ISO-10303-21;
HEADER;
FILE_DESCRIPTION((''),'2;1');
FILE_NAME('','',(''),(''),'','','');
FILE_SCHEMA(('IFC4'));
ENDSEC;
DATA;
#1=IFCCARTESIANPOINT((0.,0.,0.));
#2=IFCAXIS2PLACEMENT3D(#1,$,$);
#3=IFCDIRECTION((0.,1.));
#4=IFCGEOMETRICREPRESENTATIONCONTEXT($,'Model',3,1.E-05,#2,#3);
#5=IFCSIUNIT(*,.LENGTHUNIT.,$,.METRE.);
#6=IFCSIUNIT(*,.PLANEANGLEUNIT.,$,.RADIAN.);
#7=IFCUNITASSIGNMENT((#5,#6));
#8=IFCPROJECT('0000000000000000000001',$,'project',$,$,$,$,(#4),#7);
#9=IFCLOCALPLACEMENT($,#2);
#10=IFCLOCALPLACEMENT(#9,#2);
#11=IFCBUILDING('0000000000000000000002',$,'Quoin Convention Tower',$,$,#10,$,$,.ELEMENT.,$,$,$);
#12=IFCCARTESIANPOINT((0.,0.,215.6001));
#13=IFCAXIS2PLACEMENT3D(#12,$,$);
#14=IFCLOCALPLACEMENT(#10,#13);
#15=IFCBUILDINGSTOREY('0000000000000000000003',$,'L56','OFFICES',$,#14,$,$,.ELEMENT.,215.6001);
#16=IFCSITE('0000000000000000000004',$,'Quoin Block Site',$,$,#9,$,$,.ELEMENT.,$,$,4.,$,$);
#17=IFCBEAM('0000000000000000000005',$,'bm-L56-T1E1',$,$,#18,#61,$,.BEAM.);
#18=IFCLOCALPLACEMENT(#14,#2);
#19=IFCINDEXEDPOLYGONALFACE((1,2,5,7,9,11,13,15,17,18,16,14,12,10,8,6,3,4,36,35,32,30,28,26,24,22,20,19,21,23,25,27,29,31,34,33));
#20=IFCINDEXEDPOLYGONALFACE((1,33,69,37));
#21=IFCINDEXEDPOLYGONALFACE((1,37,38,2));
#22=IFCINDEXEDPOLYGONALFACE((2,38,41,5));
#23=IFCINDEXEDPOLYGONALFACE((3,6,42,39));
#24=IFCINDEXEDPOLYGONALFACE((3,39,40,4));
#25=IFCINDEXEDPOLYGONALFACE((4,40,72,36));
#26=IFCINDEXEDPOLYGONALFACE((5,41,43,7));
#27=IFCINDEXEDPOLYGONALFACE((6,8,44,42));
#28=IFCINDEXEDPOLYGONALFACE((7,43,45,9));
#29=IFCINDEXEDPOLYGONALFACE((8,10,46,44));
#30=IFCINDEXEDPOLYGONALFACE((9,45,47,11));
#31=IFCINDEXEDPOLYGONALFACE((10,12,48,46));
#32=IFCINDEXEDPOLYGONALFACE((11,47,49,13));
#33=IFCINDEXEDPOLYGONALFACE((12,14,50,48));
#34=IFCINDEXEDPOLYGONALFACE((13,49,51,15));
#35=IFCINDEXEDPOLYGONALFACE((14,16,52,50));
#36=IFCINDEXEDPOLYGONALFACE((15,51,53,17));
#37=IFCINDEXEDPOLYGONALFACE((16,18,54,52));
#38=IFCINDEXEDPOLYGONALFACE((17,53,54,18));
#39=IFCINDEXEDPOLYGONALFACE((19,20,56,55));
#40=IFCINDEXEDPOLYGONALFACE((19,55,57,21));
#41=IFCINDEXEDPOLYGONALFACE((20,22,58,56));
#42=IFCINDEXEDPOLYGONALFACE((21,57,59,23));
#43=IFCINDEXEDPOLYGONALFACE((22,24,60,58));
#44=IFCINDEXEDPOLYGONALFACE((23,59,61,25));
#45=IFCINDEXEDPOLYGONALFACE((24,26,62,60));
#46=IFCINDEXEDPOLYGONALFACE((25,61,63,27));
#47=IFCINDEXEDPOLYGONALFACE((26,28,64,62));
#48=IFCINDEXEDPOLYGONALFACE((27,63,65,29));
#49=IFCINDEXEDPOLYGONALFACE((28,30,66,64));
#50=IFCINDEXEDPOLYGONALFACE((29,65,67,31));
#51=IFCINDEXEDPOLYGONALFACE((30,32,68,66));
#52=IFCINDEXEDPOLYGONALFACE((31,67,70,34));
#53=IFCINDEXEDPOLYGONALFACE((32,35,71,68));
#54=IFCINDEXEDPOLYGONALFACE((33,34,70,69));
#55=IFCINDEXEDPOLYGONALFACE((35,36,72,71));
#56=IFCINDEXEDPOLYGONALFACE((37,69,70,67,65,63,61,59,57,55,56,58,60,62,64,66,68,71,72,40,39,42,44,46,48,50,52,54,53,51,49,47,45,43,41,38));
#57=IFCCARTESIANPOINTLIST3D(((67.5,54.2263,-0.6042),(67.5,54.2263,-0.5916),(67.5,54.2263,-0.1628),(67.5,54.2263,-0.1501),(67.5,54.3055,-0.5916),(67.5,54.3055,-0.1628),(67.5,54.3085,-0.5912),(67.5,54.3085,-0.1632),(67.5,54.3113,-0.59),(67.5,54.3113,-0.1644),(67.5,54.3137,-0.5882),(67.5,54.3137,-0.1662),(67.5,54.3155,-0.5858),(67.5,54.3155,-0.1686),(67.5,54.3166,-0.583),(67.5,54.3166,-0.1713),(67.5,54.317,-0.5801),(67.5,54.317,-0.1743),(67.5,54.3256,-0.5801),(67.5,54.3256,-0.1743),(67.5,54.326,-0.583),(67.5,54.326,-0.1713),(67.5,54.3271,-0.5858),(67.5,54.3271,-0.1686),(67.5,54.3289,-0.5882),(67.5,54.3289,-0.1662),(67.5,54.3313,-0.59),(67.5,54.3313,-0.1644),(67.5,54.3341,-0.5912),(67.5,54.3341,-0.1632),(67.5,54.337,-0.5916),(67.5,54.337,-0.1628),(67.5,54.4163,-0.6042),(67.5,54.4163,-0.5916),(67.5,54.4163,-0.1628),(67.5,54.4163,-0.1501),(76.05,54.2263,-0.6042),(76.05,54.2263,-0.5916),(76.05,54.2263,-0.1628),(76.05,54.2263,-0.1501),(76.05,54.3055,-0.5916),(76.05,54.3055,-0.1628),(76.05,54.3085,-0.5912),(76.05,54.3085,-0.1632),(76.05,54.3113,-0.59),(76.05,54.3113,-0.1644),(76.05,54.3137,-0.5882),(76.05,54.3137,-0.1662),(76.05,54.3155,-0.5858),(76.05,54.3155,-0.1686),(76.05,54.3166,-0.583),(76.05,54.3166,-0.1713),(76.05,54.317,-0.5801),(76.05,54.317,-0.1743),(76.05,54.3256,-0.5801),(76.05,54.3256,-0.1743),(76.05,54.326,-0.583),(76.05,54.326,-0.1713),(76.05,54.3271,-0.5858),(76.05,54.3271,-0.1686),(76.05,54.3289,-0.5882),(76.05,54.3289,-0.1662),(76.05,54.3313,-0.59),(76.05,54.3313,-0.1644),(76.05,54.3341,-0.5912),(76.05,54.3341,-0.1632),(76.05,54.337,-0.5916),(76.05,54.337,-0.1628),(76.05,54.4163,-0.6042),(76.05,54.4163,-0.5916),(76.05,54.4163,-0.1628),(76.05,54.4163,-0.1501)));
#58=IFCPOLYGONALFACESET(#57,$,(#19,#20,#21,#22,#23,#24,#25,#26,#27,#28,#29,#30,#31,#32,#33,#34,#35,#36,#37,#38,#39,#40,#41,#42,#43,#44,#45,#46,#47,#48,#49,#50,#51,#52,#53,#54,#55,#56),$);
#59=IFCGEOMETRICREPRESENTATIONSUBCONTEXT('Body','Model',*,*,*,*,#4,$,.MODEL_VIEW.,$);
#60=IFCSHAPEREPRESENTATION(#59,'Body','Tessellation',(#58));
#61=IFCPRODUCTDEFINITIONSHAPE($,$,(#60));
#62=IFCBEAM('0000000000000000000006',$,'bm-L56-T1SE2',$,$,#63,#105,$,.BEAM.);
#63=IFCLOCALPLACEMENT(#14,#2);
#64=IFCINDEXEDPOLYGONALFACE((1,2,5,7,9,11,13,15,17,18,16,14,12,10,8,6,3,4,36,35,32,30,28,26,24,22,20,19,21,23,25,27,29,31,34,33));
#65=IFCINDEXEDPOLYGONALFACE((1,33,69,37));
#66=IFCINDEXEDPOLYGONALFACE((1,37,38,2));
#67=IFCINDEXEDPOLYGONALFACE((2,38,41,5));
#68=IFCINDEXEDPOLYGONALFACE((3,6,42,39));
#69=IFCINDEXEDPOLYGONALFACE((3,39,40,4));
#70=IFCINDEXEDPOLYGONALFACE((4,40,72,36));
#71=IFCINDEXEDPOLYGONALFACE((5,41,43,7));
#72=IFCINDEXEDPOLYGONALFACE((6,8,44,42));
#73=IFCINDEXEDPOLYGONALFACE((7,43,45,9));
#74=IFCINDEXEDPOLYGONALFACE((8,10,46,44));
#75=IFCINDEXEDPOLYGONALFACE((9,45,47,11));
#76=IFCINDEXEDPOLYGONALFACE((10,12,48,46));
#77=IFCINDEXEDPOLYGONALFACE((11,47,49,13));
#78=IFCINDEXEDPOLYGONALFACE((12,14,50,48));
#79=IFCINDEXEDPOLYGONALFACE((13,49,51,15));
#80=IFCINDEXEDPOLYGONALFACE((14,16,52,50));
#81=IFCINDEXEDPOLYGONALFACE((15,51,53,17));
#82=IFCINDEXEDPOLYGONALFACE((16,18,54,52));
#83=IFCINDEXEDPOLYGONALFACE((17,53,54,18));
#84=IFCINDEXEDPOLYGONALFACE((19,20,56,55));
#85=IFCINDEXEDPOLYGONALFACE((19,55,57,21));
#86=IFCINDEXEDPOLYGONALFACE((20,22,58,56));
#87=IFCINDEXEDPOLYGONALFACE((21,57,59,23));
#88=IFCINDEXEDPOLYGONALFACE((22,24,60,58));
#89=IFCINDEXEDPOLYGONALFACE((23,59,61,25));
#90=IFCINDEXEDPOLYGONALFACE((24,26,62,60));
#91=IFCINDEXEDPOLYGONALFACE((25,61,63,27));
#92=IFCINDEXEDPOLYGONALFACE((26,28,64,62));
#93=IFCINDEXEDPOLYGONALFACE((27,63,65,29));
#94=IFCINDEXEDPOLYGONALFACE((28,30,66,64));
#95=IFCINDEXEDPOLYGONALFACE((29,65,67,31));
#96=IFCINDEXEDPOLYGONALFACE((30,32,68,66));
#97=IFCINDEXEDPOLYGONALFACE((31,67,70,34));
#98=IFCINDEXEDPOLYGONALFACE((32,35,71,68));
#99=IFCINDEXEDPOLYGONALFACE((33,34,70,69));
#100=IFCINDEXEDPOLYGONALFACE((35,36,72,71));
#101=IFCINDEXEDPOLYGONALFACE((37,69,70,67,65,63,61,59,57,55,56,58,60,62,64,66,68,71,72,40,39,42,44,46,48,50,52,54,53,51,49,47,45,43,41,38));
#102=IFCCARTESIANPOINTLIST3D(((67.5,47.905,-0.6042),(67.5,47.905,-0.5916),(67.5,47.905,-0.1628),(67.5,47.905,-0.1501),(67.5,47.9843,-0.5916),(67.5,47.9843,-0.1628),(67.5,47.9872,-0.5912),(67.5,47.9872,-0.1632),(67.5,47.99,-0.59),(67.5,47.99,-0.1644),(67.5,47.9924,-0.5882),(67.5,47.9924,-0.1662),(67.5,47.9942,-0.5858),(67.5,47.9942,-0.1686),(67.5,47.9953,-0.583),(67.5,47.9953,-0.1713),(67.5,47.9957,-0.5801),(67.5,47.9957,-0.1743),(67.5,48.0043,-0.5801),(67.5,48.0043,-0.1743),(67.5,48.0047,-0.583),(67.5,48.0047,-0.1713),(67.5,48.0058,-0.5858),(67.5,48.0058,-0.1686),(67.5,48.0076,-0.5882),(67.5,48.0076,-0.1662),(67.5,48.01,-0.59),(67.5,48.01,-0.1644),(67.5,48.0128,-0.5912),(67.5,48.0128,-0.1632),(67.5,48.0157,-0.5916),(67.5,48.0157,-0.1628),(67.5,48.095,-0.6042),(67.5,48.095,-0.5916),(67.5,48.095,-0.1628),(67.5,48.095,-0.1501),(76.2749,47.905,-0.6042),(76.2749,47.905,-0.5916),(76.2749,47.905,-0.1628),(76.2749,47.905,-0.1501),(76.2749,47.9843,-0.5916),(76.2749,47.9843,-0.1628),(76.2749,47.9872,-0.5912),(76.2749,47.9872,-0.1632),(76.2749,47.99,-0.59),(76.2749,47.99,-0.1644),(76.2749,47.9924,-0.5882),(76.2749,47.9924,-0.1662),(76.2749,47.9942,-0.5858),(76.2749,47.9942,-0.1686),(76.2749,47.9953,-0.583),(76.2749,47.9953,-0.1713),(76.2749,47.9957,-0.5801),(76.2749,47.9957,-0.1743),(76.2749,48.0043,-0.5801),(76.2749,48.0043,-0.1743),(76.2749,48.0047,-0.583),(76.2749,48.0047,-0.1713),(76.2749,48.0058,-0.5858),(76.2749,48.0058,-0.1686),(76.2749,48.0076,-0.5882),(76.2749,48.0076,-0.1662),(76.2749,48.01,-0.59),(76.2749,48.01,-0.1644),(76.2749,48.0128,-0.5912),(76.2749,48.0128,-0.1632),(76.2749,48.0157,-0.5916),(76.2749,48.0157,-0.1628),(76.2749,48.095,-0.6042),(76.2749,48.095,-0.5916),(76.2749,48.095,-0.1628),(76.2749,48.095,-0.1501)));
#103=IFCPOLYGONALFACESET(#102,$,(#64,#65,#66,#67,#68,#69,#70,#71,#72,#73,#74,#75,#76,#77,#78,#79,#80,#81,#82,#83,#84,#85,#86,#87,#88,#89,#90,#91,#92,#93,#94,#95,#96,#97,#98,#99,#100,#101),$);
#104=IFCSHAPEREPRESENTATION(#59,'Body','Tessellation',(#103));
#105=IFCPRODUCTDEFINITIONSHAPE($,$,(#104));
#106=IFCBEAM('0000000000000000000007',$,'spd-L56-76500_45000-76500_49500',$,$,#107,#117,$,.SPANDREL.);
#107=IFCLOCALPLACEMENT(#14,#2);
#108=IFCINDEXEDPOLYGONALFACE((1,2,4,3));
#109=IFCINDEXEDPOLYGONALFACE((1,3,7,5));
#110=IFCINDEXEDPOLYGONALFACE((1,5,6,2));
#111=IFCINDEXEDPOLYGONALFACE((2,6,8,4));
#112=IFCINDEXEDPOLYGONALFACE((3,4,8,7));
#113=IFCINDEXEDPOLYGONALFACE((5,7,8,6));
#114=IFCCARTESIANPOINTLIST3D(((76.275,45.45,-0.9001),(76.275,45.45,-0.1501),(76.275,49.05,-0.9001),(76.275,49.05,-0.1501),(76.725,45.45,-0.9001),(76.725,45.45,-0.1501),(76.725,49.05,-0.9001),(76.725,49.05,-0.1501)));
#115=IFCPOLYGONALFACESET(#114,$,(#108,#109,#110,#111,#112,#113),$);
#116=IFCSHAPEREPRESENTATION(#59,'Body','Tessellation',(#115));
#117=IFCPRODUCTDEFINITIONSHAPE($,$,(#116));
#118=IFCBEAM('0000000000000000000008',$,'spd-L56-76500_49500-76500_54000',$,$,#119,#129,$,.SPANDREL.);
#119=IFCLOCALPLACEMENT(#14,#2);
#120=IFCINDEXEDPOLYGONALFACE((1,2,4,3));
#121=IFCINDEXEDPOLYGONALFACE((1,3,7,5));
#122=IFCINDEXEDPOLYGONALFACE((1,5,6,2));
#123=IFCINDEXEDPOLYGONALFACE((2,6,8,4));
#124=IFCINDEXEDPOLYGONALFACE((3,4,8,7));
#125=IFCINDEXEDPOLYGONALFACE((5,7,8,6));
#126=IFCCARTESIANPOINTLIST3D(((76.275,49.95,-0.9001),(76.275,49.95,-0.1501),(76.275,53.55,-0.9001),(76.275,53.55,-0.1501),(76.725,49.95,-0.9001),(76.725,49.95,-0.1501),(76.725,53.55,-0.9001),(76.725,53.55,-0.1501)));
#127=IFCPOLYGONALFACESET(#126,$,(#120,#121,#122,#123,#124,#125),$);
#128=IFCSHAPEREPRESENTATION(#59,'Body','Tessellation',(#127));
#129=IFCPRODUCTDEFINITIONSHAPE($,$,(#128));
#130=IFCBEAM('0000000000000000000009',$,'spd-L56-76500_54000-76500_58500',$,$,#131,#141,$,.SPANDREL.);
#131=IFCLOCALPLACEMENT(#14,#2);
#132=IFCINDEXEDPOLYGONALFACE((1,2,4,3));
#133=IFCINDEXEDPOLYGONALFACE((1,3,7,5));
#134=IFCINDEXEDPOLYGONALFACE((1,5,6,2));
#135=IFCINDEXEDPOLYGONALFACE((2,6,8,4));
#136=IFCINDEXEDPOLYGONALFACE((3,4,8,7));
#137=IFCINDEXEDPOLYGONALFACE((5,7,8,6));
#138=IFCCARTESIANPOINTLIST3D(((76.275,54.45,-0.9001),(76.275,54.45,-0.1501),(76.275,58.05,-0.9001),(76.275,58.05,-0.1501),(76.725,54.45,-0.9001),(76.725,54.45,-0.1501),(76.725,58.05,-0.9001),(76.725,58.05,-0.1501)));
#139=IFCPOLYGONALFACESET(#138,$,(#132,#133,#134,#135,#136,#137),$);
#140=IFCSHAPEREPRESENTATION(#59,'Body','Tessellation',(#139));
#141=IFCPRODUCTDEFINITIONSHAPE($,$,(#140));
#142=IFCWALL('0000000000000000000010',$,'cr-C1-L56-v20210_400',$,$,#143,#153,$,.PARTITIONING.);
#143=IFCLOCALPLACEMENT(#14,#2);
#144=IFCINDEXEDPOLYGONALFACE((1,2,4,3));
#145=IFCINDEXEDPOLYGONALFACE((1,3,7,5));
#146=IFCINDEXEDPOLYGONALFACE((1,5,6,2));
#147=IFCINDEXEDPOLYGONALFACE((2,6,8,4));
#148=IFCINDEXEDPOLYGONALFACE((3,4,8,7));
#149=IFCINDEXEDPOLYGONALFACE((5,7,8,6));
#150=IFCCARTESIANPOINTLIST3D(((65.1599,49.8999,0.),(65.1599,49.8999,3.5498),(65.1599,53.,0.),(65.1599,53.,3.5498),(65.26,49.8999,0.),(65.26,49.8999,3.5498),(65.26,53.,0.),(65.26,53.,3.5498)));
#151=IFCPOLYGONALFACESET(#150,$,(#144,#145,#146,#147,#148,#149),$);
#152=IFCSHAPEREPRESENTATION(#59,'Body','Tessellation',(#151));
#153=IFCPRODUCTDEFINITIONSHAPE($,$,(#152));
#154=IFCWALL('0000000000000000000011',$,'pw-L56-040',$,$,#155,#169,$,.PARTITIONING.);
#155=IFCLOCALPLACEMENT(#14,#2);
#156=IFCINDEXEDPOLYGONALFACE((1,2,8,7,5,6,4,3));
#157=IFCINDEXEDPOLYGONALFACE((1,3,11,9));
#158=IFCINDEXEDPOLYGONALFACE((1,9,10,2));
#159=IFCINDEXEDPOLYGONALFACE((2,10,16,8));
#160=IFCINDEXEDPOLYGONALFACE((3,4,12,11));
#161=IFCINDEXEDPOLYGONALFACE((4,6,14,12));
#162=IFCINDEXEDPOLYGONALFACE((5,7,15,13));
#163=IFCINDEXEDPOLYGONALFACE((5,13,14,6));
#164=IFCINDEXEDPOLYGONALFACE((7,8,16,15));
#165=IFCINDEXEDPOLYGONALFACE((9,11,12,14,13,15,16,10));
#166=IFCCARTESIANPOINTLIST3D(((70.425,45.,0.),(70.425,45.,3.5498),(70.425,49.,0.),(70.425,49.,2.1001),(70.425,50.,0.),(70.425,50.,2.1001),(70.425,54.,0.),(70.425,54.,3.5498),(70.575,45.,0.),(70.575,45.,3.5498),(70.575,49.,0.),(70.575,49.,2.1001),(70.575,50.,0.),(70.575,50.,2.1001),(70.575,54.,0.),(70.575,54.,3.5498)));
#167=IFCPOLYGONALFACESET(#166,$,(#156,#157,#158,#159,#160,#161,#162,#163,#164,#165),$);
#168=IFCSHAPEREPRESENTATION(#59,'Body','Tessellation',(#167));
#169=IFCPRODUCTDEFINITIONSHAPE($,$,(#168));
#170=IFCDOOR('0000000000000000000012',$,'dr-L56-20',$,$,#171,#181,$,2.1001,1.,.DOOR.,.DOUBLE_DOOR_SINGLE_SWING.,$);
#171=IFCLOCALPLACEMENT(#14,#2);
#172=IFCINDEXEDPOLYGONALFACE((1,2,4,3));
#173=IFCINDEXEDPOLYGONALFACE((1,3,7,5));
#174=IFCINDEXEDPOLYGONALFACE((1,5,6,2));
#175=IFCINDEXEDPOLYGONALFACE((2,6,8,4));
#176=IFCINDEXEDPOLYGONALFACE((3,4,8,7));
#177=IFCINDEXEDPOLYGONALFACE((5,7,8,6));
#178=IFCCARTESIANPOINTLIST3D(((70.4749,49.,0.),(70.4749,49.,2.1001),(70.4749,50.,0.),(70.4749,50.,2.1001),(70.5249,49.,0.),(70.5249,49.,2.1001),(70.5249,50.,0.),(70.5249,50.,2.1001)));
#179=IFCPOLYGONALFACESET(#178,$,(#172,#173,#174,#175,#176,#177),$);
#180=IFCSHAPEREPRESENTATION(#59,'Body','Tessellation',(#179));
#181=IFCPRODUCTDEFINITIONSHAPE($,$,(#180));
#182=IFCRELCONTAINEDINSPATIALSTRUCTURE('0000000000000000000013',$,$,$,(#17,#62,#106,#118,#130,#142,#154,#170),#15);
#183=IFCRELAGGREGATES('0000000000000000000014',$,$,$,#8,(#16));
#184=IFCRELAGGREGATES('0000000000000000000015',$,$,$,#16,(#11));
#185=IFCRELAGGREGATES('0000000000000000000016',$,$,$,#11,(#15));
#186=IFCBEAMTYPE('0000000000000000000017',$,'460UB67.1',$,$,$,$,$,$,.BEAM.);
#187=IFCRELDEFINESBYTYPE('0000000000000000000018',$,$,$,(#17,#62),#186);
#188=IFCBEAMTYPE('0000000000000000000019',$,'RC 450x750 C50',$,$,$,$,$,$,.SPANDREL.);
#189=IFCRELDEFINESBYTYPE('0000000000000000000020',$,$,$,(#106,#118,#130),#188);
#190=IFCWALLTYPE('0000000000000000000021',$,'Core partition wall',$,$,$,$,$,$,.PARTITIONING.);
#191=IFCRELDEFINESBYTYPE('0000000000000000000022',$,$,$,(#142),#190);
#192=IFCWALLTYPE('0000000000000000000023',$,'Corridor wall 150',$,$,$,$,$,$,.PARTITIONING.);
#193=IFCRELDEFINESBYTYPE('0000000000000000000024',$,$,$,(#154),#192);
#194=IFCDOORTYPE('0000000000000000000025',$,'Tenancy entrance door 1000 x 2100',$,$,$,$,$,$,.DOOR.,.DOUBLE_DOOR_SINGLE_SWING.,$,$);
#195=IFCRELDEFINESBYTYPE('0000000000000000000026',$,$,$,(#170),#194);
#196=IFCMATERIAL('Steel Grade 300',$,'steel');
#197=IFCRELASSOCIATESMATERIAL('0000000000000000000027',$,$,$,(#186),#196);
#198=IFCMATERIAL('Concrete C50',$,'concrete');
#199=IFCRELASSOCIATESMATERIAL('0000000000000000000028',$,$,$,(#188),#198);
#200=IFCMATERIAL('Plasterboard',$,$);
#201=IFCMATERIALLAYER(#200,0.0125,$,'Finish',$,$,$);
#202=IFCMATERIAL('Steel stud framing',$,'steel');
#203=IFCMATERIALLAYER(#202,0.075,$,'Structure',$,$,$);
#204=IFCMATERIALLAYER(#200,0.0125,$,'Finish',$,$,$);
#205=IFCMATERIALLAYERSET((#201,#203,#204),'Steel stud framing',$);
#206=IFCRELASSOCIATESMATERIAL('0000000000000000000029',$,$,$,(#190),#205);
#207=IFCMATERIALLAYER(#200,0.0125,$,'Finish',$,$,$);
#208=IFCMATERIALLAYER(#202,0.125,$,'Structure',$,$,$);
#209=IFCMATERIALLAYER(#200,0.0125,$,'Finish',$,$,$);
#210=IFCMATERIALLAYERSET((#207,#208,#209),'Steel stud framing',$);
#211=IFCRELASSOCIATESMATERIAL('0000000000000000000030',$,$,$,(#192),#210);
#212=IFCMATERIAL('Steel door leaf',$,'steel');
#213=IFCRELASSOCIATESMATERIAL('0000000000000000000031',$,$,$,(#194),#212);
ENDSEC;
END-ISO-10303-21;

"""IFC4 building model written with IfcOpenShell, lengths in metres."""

from ifc_helpers import new_model, si_unit, direction, frame, frame_2d, origin, origin_2d, place, context, subcontext, project, spatial, rectangle, i_section, extrude, material, layer, layer_set, material_profile, profile_set, type_object, element, fill, save


model = new_model("IFC4")

# Units and contexts
model_context = context("Model", 3, precision=1e-05, world=origin(), true_north=direction((0.0, 1.0)))
body_context = subcontext(model_context, "Body", "Model", "MODEL_VIEW")
ifc_project = project(units=[si_unit("LENGTHUNIT", "METRE"), si_unit("PLANEANGLEUNIT", "RADIAN")], contexts=[model_context])

# Site, building, storey
site_placement = place(None, origin())
site = spatial("IfcSite", under=ifc_project, at=site_placement, Name="Quoin Block Site", CompositionType="ELEMENT", RefElevation=4.0)
building_placement = place(site_placement, origin())
building = spatial("IfcBuilding", under=site, at=building_placement, Name="Quoin Convention Tower", CompositionType="ELEMENT")
storey_placement = place(building_placement, frame((0.0, 0.0, 215.6001)))
storey = spatial("IfcBuildingStorey", under=building, at=storey_placement, Name="L56", Description="OFFICES", CompositionType="ELEMENT", Elevation=215.6001)

# Shared definitions
ifc_material_1 = material(Name="Concrete C50", Category="concrete")

# Beams
ifc_material_2 = material(Name="Steel Grade 300", Category="steel")
ifc_material_profile_1 = material_profile(ifc_material_2, i_section(OverallWidth=0.1899, OverallDepth=0.4541, WebThickness=0.0085, FlangeThickness=0.0127, FilletRadius=0.0115, at=origin_2d()), Name="460UB67.1")
ifc_profile_set_1 = profile_set([ifc_material_profile_1], Name="Steel Grade 300")
beam_type_1 = type_object("IfcBeamType", Name="460UB67.1", PredefinedType="BEAM", material=ifc_profile_set_1)
beam_1_placement = place(storey_placement, frame((67.5, 54.3213, -0.3772), z_axis=(1.0, 0.0, 0.0), x_axis=(0.0, 1.0, 0.0)))
element("IfcBeam", 1, at=beam_1_placement, inside=storey, type_object=beam_type_1, Name="bm-L56-T1E1", PredefinedType="BEAM", context=body_context, shape_type="SweptSolid", body=[
    extrude(i_section(OverallWidth=0.1899, OverallDepth=0.4541, WebThickness=0.0085, FlangeThickness=0.0127, FilletRadius=0.0115, at=origin_2d()), origin(), (0.0, 0.0, 1.0), 8.55),
])
beam_2_placement = place(storey_placement, frame((67.5, 48.0, -0.3772), z_axis=(1.0, 0.0, 0.0), x_axis=(0.0, 1.0, 0.0)))
element("IfcBeam", 2, at=beam_2_placement, inside=storey, type_object=beam_type_1, Name="bm-L56-T1SE2", PredefinedType="BEAM", context=body_context, shape_type="SweptSolid", body=[
    extrude(i_section(OverallWidth=0.1899, OverallDepth=0.4541, WebThickness=0.0085, FlangeThickness=0.0127, FilletRadius=0.0115, at=origin_2d()), origin(), (0.0, 0.0, 1.0), 8.7749),
])
ifc_material_profile_2 = material_profile(ifc_material_1, rectangle(XDim=0.45, YDim=0.75, at=origin_2d()), Name="RC 450x750")
ifc_profile_set_2 = profile_set([ifc_material_profile_2], Name="Concrete C50")
beam_type_2 = type_object("IfcBeamType", Name="RC 450x750 C50", PredefinedType="SPANDREL", material=ifc_profile_set_2)
for number, where, z_axis, x_axis, name in (
    (3, (76.5, 45.45, -0.5251), (0.0, 1.0, 0.0), (-1.0, 0.0, 0.0), "spd-L56-76500_45000-76500_49500"),
    (4, (76.5, 49.95, -0.5251), (0.0, 1.0, 0.0), (-1.0, 0.0, 0.0), "spd-L56-76500_49500-76500_54000"),
    (5, (76.5, 54.45, -0.5251), (0.0, 1.0, 0.0), (-1.0, 0.0, 0.0), "spd-L56-76500_54000-76500_58500"),
):
    element("IfcBeam", number, at=place(storey_placement, frame(where, z_axis=z_axis, x_axis=x_axis)), inside=storey, type_object=beam_type_2, Name=name, PredefinedType="SPANDREL", context=body_context, shape_type="SweptSolid", body=[
        extrude(rectangle(XDim=0.45, YDim=0.75, at=origin_2d()), origin(), (0.0, 0.0, 1.0), 3.6001),
    ])

# Wall
ifc_material_3 = material(Name="Plasterboard")
ifc_layer_1 = layer(ifc_material_3, 0.0125, Name="Finish")
ifc_material_4 = material(Name="Steel stud framing", Category="steel")
ifc_layer_2 = layer(ifc_material_4, 0.075, Name="Structure")
ifc_layer_3 = layer(ifc_material_3, 0.0125, Name="Finish")
ifc_layer_set_1 = layer_set([ifc_layer_1, ifc_layer_2, ifc_layer_3], Name="Steel stud framing")
wall_type_1 = type_object("IfcWallType", Name="Core partition wall", PredefinedType="PARTITIONING", material=ifc_layer_set_1)
wall_1_placement = place(storey_placement, frame((65.21, 49.8999, 0.0), z_axis=(0.0, 0.0, 1.0), x_axis=(0.0, 1.0, 0.0)))
element("IfcWall", 6, at=wall_1_placement, inside=storey, type_object=wall_type_1, Name="cr-C1-L56-v20210_400", PredefinedType="PARTITIONING", context=body_context, shape_type="SweptSolid", body=[
    extrude(rectangle(XDim=3.1001, YDim=0.1001, at=frame_2d((1.55, 0.0))), origin(), (0.0, 0.0, 1.0), 3.5498),
])

# Wall, opening, door
ifc_layer_4 = layer(ifc_material_3, 0.0125, Name="Finish")
ifc_layer_5 = layer(ifc_material_4, 0.125, Name="Structure")
ifc_layer_6 = layer(ifc_material_3, 0.0125, Name="Finish")
ifc_layer_set_2 = layer_set([ifc_layer_4, ifc_layer_5, ifc_layer_6], Name="Steel stud framing")
wall_type_2 = type_object("IfcWallType", Name="Corridor wall 150", PredefinedType="PARTITIONING", material=ifc_layer_set_2)
wall_2_placement = place(storey_placement, frame((70.5, 45.0, 0.0), z_axis=(0.0, 0.0, 1.0), x_axis=(0.0, 1.0, 0.0)))
wall_2 = element("IfcWall", 7, at=wall_2_placement, inside=storey, type_object=wall_type_2, Name="pw-L56-040", PredefinedType="PARTITIONING", context=body_context, shape_type="SweptSolid", body=[
    extrude(rectangle(XDim=9.0, YDim=0.1499, at=frame_2d((4.5, 0.0))), origin(), (0.0, 0.0, 1.0), 3.5498),
])
opening_1_placement = place(wall_2_placement, frame((4.0, 0.0, 0.0)))
opening_1 = element("IfcOpeningElement", 8, at=opening_1_placement, cuts=wall_2, PredefinedType="OPENING", context=body_context, shape_type="SweptSolid", body=[
    extrude(rectangle(XDim=1.0, YDim=2.1001, at=frame_2d((0.5, 1.05))), frame((0.0, 0.085, 0.0), z_axis=(0.0, -1.0, 0.0), x_axis=(1.0, 0.0, 0.0)), (0.0, 0.0, 1.0), 0.1699),
])
ifc_material_5 = material(Name="Steel door leaf", Category="steel")
door_type_1 = type_object("IfcDoorType", Name="Tenancy entrance door 1000 x 2100", OperationType="DOUBLE_DOOR_SINGLE_SWING", PredefinedType="DOOR", material=ifc_material_5)
door_1_placement = place(opening_1_placement, frame((1.0, 0.0, 0.0), z_axis=(0.0, 0.0, 1.0), x_axis=(-1.0, 0.0, 0.0)))
door_1 = element("IfcDoor", 9, at=door_1_placement, inside=storey, type_object=door_type_1, Name="dr-L56-20", OperationType="DOUBLE_DOOR_SINGLE_SWING", OverallHeight=2.1001, OverallWidth=1.0, PredefinedType="DOOR", context=body_context, shape_type="SweptSolid", body=[
    extrude(rectangle(XDim=1.0, YDim=2.1001, at=frame_2d((0.5, 1.05))), frame((0.0, 0.0249, 0.0), z_axis=(0.0, -1.0, 0.0), x_axis=(1.0, 0.0, 0.0)), (0.0, 0.0, 1.0), 0.05),
])
fill(opening_1, door_1)

save(model, "model.ifc")
